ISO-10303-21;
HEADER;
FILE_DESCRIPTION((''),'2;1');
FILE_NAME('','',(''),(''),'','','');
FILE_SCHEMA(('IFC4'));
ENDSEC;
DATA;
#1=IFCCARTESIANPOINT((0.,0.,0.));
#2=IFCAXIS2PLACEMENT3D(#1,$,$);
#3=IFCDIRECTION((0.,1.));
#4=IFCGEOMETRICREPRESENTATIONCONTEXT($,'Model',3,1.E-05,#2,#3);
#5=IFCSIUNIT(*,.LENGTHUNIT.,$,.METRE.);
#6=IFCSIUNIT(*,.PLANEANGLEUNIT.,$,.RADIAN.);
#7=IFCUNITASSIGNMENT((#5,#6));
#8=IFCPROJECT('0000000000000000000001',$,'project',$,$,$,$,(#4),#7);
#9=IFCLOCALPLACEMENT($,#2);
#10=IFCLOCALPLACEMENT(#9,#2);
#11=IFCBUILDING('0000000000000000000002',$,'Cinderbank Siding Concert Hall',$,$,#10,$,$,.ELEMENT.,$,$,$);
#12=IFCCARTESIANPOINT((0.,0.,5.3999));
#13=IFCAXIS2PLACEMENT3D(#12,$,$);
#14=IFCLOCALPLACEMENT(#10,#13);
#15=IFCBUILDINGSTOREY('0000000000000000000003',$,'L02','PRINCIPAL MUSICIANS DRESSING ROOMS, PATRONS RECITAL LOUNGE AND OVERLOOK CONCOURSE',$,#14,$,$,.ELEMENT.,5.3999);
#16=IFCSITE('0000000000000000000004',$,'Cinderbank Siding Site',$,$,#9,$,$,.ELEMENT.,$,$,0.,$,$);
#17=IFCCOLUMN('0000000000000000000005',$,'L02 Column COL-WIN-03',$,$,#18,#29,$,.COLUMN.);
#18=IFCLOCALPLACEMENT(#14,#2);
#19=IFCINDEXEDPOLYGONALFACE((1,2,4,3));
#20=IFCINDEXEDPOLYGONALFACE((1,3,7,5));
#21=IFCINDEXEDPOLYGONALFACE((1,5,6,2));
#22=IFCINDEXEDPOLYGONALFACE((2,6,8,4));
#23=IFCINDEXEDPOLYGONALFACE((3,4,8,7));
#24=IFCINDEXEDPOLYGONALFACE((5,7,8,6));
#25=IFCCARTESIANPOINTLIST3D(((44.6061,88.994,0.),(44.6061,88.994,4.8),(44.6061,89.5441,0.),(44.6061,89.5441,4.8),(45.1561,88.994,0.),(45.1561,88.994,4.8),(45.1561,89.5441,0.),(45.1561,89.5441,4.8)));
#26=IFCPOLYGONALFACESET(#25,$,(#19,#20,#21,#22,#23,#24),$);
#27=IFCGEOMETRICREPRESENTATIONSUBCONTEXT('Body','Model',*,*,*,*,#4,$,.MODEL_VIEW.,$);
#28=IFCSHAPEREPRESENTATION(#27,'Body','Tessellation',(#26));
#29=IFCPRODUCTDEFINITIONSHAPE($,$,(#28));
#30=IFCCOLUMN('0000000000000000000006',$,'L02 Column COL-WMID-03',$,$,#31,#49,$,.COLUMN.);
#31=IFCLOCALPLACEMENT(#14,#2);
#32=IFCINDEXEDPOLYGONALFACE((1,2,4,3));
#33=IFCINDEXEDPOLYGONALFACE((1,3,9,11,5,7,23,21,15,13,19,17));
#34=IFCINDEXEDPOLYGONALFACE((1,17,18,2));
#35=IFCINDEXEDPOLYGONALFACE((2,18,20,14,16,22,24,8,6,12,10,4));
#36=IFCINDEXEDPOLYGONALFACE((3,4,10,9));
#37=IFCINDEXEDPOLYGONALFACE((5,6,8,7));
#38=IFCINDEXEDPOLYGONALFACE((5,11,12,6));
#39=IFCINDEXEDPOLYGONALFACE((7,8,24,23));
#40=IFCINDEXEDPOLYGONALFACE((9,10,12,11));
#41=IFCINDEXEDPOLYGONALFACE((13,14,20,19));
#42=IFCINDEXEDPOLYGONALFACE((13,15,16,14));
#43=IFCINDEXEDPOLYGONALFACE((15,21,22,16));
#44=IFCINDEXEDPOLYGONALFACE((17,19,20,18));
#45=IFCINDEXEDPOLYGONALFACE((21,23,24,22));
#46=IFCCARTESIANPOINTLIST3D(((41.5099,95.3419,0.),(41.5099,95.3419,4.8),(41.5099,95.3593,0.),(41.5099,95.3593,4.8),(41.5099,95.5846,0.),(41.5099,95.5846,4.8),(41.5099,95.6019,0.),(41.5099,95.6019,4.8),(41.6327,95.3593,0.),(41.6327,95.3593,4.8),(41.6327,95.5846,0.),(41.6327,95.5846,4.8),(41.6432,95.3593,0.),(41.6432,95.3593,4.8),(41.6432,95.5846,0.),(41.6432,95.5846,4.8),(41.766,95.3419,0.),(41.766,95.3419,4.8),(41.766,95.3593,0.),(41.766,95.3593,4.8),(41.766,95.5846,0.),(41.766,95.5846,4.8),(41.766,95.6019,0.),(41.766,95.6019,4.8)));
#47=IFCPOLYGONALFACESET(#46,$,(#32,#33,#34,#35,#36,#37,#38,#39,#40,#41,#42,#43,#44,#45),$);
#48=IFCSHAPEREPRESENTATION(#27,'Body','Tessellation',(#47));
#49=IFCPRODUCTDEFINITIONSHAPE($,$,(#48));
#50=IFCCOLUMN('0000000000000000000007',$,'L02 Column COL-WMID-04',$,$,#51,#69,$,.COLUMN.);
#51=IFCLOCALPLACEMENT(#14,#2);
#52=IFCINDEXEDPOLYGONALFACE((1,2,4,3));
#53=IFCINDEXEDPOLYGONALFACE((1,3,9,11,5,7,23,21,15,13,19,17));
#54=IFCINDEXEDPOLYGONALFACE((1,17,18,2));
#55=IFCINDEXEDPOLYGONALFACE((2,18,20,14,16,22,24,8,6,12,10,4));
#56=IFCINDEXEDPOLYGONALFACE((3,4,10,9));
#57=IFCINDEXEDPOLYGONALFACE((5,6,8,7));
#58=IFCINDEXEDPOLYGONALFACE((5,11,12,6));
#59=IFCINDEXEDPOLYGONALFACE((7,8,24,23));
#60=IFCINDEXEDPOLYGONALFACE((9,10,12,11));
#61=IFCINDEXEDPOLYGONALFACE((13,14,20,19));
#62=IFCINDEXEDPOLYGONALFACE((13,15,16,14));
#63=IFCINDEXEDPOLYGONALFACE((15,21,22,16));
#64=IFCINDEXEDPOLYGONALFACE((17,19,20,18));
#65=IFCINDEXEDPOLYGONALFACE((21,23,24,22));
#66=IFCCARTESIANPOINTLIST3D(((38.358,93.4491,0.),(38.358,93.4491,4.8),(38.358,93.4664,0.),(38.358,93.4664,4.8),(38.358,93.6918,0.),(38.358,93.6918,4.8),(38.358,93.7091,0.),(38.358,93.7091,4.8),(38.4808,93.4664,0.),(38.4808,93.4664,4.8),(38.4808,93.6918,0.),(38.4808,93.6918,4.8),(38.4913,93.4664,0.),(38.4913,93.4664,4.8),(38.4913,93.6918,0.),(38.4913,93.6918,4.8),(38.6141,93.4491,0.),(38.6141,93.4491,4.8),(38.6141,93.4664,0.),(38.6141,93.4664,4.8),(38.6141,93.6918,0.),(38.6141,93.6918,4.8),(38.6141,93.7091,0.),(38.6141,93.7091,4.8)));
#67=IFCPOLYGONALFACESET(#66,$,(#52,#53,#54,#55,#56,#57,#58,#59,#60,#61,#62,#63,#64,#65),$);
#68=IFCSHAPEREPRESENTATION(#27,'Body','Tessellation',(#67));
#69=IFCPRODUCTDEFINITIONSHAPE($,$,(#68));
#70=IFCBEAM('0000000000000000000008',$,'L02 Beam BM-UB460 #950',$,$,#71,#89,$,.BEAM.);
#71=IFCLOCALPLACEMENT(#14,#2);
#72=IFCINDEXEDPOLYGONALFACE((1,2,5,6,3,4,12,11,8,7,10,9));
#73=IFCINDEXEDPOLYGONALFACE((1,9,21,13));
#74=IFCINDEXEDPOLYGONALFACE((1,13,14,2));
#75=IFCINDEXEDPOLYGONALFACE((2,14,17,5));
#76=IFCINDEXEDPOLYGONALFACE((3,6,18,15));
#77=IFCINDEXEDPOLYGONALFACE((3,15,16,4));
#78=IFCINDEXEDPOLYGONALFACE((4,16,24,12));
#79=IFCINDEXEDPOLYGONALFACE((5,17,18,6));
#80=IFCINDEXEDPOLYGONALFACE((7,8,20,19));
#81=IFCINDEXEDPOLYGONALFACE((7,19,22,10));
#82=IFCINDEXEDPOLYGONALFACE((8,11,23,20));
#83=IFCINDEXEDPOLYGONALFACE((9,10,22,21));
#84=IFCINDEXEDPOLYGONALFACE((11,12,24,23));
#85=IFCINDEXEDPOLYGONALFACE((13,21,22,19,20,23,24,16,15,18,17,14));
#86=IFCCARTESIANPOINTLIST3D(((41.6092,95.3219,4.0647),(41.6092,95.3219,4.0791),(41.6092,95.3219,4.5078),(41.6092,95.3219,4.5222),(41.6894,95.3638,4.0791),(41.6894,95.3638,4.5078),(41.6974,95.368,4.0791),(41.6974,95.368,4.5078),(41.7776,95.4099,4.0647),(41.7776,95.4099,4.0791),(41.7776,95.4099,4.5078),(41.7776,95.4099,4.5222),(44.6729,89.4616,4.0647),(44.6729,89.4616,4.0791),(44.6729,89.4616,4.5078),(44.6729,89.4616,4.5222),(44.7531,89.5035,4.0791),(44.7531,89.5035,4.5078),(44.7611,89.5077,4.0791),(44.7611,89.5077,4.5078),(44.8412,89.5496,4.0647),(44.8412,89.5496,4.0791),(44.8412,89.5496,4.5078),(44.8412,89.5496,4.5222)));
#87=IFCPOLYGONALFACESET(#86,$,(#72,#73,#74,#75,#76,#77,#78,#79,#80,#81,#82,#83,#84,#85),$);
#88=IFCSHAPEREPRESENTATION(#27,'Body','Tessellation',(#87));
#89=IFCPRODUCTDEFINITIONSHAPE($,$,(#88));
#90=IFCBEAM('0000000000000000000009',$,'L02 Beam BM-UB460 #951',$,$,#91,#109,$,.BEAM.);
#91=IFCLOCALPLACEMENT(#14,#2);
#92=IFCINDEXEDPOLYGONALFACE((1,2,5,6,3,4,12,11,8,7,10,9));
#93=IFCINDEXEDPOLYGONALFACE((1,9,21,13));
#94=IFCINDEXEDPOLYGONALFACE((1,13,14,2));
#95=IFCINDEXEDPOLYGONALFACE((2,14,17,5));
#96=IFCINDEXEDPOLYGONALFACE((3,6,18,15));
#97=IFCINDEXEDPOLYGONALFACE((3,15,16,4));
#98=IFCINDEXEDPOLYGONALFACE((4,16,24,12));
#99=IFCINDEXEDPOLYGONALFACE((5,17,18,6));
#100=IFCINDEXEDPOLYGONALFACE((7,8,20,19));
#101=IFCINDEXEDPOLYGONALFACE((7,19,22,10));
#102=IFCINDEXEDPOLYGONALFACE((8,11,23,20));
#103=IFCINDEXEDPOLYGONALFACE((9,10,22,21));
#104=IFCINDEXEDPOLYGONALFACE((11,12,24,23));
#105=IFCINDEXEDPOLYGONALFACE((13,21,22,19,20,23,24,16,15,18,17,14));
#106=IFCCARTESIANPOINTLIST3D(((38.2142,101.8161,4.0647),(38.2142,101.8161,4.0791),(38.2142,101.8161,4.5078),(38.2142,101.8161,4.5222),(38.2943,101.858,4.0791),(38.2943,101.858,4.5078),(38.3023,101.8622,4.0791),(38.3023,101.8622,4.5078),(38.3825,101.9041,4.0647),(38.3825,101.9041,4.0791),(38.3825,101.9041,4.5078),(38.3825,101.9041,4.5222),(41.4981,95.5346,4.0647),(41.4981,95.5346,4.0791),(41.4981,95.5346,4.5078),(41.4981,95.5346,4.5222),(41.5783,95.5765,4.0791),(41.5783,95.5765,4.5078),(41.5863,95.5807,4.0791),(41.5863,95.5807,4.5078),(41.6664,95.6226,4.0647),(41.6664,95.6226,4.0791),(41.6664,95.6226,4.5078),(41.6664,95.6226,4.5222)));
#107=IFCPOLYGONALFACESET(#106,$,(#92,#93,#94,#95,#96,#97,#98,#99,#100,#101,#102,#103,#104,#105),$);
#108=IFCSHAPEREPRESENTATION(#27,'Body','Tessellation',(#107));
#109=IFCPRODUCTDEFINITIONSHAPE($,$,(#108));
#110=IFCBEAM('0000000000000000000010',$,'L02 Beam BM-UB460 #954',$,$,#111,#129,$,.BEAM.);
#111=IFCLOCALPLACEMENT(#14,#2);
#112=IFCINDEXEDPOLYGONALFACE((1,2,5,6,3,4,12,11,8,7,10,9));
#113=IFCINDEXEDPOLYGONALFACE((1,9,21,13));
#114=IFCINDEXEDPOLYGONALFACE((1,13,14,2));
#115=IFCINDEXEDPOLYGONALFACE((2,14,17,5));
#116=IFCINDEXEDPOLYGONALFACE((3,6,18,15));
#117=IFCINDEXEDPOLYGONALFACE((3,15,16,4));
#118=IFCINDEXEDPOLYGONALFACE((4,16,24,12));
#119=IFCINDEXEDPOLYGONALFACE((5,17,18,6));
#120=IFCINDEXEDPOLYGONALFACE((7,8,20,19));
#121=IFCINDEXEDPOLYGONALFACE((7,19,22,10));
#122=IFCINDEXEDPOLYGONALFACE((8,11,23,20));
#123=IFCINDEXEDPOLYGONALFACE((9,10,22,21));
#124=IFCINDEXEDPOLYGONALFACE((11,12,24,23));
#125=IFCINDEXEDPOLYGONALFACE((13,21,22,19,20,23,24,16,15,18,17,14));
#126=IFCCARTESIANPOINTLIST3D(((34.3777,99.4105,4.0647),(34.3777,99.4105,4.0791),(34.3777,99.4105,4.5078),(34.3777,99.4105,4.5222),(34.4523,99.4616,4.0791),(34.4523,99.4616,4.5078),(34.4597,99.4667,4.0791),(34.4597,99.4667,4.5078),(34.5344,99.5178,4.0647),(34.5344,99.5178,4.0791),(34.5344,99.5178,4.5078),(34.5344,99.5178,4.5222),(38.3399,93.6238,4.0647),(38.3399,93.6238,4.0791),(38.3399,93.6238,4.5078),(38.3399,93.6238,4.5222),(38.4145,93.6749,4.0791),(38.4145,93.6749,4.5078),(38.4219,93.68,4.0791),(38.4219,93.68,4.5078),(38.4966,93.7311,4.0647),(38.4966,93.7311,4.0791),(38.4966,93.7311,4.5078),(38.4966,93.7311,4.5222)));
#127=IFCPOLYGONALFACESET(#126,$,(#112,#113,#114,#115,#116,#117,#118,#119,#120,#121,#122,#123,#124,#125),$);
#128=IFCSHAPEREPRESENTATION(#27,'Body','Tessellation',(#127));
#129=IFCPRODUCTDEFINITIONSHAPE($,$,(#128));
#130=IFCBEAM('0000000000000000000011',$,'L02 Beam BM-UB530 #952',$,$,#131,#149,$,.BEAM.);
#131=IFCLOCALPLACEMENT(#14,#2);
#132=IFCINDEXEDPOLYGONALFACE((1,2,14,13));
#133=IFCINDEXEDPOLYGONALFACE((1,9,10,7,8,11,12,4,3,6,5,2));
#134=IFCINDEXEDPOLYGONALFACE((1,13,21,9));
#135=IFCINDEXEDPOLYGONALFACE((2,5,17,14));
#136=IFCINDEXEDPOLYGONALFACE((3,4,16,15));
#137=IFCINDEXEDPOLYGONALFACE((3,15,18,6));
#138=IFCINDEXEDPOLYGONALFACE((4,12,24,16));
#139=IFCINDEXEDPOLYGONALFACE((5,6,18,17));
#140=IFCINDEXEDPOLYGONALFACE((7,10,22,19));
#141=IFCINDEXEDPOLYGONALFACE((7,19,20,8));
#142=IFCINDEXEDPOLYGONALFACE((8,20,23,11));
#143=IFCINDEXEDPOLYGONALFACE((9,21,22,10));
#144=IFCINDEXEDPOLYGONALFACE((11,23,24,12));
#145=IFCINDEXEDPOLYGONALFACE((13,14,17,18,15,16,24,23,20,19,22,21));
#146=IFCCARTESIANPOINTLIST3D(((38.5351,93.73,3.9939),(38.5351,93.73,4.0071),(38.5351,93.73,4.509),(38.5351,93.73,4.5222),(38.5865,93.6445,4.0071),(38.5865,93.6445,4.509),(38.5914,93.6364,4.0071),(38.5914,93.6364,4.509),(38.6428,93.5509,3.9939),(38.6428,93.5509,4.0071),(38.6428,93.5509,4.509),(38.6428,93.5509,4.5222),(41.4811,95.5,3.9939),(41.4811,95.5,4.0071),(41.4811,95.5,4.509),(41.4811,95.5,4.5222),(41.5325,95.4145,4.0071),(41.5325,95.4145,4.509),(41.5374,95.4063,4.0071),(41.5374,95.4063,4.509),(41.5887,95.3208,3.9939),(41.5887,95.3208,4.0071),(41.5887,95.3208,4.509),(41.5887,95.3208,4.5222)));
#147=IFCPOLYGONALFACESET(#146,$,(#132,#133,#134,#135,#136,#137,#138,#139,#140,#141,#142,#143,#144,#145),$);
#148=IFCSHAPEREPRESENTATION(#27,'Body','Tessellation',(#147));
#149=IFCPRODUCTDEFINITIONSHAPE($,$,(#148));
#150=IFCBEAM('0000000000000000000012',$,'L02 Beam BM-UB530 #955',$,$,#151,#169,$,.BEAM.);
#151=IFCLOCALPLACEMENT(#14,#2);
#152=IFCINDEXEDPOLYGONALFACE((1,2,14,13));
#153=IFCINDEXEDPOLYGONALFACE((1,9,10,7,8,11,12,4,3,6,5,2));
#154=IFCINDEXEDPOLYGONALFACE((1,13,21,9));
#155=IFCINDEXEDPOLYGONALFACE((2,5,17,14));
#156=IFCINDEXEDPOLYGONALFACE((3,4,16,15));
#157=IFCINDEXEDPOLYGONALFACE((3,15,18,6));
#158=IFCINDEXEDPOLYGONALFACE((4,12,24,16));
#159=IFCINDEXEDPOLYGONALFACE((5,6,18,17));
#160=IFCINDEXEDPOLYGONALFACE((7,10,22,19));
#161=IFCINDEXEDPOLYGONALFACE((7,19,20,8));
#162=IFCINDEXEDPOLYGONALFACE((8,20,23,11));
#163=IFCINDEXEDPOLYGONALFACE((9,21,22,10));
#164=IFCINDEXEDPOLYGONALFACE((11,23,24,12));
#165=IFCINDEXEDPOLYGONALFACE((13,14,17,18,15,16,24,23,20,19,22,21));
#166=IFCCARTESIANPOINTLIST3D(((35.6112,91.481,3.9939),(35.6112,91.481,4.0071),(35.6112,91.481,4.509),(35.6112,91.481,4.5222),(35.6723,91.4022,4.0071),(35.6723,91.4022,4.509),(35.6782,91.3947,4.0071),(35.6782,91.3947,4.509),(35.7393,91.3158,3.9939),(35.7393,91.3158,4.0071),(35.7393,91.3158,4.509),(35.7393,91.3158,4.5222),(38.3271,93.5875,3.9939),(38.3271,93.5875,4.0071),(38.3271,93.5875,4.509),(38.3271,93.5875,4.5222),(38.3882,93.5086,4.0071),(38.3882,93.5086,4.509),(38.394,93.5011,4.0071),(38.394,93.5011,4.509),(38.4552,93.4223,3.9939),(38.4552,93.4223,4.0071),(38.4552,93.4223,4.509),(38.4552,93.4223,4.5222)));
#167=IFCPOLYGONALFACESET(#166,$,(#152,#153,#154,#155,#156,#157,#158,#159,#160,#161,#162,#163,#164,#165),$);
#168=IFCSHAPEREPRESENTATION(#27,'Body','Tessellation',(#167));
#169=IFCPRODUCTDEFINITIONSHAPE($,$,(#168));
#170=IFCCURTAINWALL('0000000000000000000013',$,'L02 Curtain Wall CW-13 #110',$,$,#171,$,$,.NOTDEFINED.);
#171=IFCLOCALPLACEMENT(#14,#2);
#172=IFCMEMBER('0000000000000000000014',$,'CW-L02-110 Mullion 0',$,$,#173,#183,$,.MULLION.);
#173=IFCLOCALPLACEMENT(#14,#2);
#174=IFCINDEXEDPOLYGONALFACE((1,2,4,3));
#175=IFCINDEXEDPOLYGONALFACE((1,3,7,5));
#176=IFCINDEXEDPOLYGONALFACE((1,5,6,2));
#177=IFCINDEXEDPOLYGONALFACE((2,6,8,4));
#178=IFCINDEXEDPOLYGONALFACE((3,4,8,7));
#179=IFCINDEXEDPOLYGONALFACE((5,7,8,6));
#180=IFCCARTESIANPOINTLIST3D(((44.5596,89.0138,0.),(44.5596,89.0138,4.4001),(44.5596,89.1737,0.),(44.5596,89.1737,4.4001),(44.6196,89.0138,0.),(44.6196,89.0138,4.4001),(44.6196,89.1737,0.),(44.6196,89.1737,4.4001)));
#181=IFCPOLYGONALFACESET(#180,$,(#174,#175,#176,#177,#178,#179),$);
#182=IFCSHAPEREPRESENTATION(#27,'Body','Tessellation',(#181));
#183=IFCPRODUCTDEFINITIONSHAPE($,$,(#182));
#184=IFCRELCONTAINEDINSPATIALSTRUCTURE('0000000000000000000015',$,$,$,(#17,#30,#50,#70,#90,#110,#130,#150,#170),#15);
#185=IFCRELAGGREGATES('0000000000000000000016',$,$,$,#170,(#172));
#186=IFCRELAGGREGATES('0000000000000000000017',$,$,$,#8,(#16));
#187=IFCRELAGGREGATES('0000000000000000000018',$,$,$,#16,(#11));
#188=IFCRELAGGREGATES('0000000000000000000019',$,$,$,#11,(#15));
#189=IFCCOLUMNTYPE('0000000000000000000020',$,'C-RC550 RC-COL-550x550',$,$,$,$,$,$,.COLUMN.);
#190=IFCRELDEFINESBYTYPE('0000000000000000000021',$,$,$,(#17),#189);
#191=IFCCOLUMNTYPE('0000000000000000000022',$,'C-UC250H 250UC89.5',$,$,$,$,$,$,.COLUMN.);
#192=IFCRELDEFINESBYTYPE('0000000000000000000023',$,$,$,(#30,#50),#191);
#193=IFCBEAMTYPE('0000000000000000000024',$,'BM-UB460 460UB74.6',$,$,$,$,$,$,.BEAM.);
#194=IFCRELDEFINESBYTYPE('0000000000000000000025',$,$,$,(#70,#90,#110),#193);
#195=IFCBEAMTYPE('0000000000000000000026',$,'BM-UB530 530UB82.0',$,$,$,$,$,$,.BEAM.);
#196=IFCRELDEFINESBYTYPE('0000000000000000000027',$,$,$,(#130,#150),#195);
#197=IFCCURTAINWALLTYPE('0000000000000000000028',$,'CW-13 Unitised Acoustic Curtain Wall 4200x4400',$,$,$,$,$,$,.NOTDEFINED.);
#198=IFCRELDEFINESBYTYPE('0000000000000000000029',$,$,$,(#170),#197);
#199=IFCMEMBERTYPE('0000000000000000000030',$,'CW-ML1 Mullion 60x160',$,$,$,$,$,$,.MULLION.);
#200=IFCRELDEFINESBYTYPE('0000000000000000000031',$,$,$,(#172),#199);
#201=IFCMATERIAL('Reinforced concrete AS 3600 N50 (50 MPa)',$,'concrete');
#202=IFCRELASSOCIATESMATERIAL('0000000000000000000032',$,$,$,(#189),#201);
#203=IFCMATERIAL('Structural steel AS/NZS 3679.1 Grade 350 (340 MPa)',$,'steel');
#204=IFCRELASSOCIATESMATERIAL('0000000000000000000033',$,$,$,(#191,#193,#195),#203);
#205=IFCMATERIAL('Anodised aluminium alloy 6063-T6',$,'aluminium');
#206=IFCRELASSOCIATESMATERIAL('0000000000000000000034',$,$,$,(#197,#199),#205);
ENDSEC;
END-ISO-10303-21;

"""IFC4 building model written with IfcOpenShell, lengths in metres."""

from ifc_helpers import new_model, si_unit, direction, frame, origin, origin_2d, place, context, subcontext, project, spatial, rectangle, i_section, extrude, material, material_profile, profile_set, type_object, element, aggregate, save


model = new_model("IFC4")

# Units and contexts
model_context = context("Model", 3, precision=1e-05, world=origin(), true_north=direction((0.0, 1.0)))
body_context = subcontext(model_context, "Body", "Model", "MODEL_VIEW")
ifc_project = project(units=[si_unit("LENGTHUNIT", "METRE"), si_unit("PLANEANGLEUNIT", "RADIAN")], contexts=[model_context])

# Site, building, storey
site_placement = place(None, origin())
site = spatial("IfcSite", under=ifc_project, at=site_placement, Name="Cinderbank Siding Site", CompositionType="ELEMENT", RefElevation=0.0)
building_placement = place(site_placement, origin())
building = spatial("IfcBuilding", under=site, at=building_placement, Name="Cinderbank Siding Concert Hall", CompositionType="ELEMENT")
storey_placement = place(building_placement, frame((0.0, 0.0, 5.3999)))
storey = spatial("IfcBuildingStorey", under=building, at=storey_placement, Name="L02", Description="PRINCIPAL MUSICIANS DRESSING ROOMS, PATRONS RECITAL LOUNGE AND OVERLOOK CONCOURSE", CompositionType="ELEMENT", Elevation=5.3999)

# Columns
ifc_material_1 = material(Name="Reinforced concrete AS 3600 N50 (50 MPa)", Category="concrete")
ifc_material_profile_1 = material_profile(ifc_material_1, rectangle(XDim=0.55, YDim=0.55, at=origin_2d()), Name="RC-COL-550x550", Category="LoadBearing")
ifc_profile_set_1 = profile_set([ifc_material_profile_1], Name="Reinforced concrete AS 3600 N50 (50 MPa)")
column_type_1 = type_object("IfcColumnType", Name="C-RC550 RC-COL-550x550", PredefinedType="COLUMN", material=ifc_profile_set_1)
column_placement = place(storey_placement, frame((44.8811, 89.269, 0.0), z_axis=(0.0, 0.0, 1.0), x_axis=(1.0, 0.0, 0.0)))
element("IfcColumn", 1, at=column_placement, inside=storey, type_object=column_type_1, Name="L02 Column COL-WIN-03", PredefinedType="COLUMN", context=body_context, shape_type="SweptSolid", body=[
    extrude(rectangle(XDim=0.55, YDim=0.55, at=origin_2d()), origin(), (0.0, 0.0, 1.0), 4.8),
])
ifc_material_2 = material(Name="Structural steel AS/NZS 3679.1 Grade 350 (340 MPa)", Category="steel")
ifc_material_profile_2 = material_profile(ifc_material_2, i_section(OverallWidth=0.2561, OverallDepth=0.26, WebThickness=0.0105, FlangeThickness=0.0173, at=origin_2d()), Name="250UC89.5", Category="LoadBearing")
ifc_profile_set_2 = profile_set([ifc_material_profile_2], Name="Structural steel AS/NZS 3679.1 Grade 350 (340 MPa)")
column_type_2 = type_object("IfcColumnType", Name="C-UC250H 250UC89.5", PredefinedType="COLUMN", material=ifc_profile_set_2)
for number, where, z_axis, x_axis, name in (
    (2, (41.6379, 95.4719, 0.0), (0.0, 0.0, 1.0), (1.0, 0.0, 0.0), "L02 Column COL-WMID-03"),
    (3, (38.4861, 93.5791, 0.0), (0.0, 0.0, 1.0), (1.0, 0.0, 0.0), "L02 Column COL-WMID-04"),
):
    element("IfcColumn", number, at=place(storey_placement, frame(where, z_axis=z_axis, x_axis=x_axis)), inside=storey, type_object=column_type_2, Name=name, PredefinedType="COLUMN", context=body_context, shape_type="SweptSolid", body=[
        extrude(i_section(OverallWidth=0.2561, OverallDepth=0.26, WebThickness=0.0105, FlangeThickness=0.0173, at=origin_2d()), origin(), (0.0, 0.0, 1.0), 4.8),
    ])

# Beams
ifc_material_profile_3 = material_profile(ifc_material_2, i_section(OverallWidth=0.1899, OverallDepth=0.4575, WebThickness=0.009, FlangeThickness=0.0144, at=origin_2d()), Name="460UB74.6", Category="LoadBearing")
ifc_profile_set_3 = profile_set([ifc_material_profile_3], Name="Structural steel AS/NZS 3679.1 Grade 350 (340 MPa)")
beam_type_1 = type_object("IfcBeamType", Name="BM-UB460 460UB74.6", PredefinedType="BEAM", material=ifc_profile_set_3)
beam_1_placement = place(storey_placement, frame((44.7571, 89.5056, 4.2935), z_axis=(-0.463296, 0.886203, 0.0), x_axis=(-0.886203, -0.463296, 0.0)))
element("IfcBeam", 4, at=beam_1_placement, inside=storey, type_object=beam_type_1, Name="L02 Beam BM-UB460 #950", PredefinedType="BEAM", context=body_context, shape_type="SweptSolid", body=[
    extrude(i_section(OverallWidth=0.1899, OverallDepth=0.4575, WebThickness=0.009, FlangeThickness=0.0144, at=origin_2d()), origin(), (0.0, 0.0, 1.0), 6.6128),
])
beam_2_placement = place(storey_placement, frame((41.5823, 95.5786, 4.2935), z_axis=(-0.463302, 0.886201, 0.0), x_axis=(-0.886201, -0.463302, 0.0)))
element("IfcBeam", 5, at=beam_2_placement, inside=storey, type_object=beam_type_1, Name="L02 Beam BM-UB460 #951", PredefinedType="BEAM", context=body_context, shape_type="SweptSolid", body=[
    extrude(i_section(OverallWidth=0.1899, OverallDepth=0.4575, WebThickness=0.009, FlangeThickness=0.0144, at=origin_2d()), origin(), (0.0, 0.0, 1.0), 7.0881),
])
beam_3_placement = place(storey_placement, frame((38.4182, 93.6775, 4.2935), z_axis=(-0.564965, 0.825115, 0.0), x_axis=(-0.825115, -0.564965, 0.0)))
element("IfcBeam", 6, at=beam_3_placement, inside=storey, type_object=beam_type_1, Name="L02 Beam BM-UB460 #954", PredefinedType="BEAM", context=body_context, shape_type="SweptSolid", body=[
    extrude(i_section(OverallWidth=0.1899, OverallDepth=0.4575, WebThickness=0.009, FlangeThickness=0.0144, at=origin_2d()), origin(), (0.0, 0.0, 1.0), 7.0132),
])
ifc_material_profile_4 = material_profile(ifc_material_2, i_section(OverallWidth=0.209, OverallDepth=0.5283, WebThickness=0.0095, FlangeThickness=0.0132, at=origin_2d()), Name="530UB82.0", Category="LoadBearing")
ifc_profile_set_4 = profile_set([ifc_material_profile_4], Name="Structural steel AS/NZS 3679.1 Grade 350 (340 MPa)")
beam_type_2 = type_object("IfcBeamType", Name="BM-UB530 530UB82.0", PredefinedType="BEAM", material=ifc_profile_set_4)
beam_4_placement = place(storey_placement, frame((41.5349, 95.4104, 4.2581), z_axis=(-0.857186, -0.515008, 0.0), x_axis=(0.515008, -0.857186, 0.0)))
element("IfcBeam", 7, at=beam_4_placement, inside=storey, type_object=beam_type_2, Name="L02 Beam BM-UB530 #952", PredefinedType="BEAM", context=body_context, shape_type="SweptSolid", body=[
    extrude(i_section(OverallWidth=0.209, OverallDepth=0.5283, WebThickness=0.0095, FlangeThickness=0.0132, at=origin_2d()), origin(), (0.0, 0.0, 1.0), 3.4368),
])
beam_5_placement = place(storey_placement, frame((38.3911, 93.5049, 4.2581), z_axis=(-0.790178, -0.612878, 0.0), x_axis=(0.612878, -0.790178, 0.0)))
element("IfcBeam", 8, at=beam_5_placement, inside=storey, type_object=beam_type_2, Name="L02 Beam BM-UB530 #955", PredefinedType="BEAM", context=body_context, shape_type="SweptSolid", body=[
    extrude(i_section(OverallWidth=0.209, OverallDepth=0.5283, WebThickness=0.0095, FlangeThickness=0.0132, at=origin_2d()), origin(), (0.0, 0.0, 1.0), 3.437),
])

# Curtain wall, member
ifc_material_3 = material(Name="Anodised aluminium alloy 6063-T6", Category="aluminium")
curtain_wall_type_1 = type_object("IfcCurtainWallType", Name="CW-13 Unitised Acoustic Curtain Wall 4200x4400", PredefinedType="NOTDEFINED", material=ifc_material_3)
curtain_wall_1_placement = place(storey_placement, origin())
curtain_wall_1 = element("IfcCurtainWall", 9, at=curtain_wall_1_placement, inside=storey, type_object=curtain_wall_type_1, Name="L02 Curtain Wall CW-13 #110", PredefinedType="NOTDEFINED")
ifc_material_profile_5 = material_profile(ifc_material_3, rectangle(XDim=0.0601, YDim=0.1599, at=origin_2d()), Name="ALU-MULL-60x160", Category="LoadBearing")
ifc_profile_set_5 = profile_set([ifc_material_profile_5], Name="Anodised aluminium alloy 6063-T6")
member_type_1 = type_object("IfcMemberType", Name="CW-ML1 Mullion 60x160", PredefinedType="MULLION", material=ifc_profile_set_5)
member_1_placement = place(storey_placement, frame((44.5896, 89.0938, 0.0), z_axis=(0.0, 0.0, 1.0), x_axis=(1.0, 0.0, 0.0)))
member_1 = element("IfcMember", 10, at=member_1_placement, type_object=member_type_1, Name="CW-L02-110 Mullion 0", PredefinedType="MULLION", context=body_context, shape_type="SweptSolid", body=[
    extrude(rectangle(XDim=0.0601, YDim=0.1599, at=origin_2d()), origin(), (0.0, 0.0, 1.0), 4.4001),
])

aggregate(curtain_wall_1, [member_1])

save(model, "model.ifc")
